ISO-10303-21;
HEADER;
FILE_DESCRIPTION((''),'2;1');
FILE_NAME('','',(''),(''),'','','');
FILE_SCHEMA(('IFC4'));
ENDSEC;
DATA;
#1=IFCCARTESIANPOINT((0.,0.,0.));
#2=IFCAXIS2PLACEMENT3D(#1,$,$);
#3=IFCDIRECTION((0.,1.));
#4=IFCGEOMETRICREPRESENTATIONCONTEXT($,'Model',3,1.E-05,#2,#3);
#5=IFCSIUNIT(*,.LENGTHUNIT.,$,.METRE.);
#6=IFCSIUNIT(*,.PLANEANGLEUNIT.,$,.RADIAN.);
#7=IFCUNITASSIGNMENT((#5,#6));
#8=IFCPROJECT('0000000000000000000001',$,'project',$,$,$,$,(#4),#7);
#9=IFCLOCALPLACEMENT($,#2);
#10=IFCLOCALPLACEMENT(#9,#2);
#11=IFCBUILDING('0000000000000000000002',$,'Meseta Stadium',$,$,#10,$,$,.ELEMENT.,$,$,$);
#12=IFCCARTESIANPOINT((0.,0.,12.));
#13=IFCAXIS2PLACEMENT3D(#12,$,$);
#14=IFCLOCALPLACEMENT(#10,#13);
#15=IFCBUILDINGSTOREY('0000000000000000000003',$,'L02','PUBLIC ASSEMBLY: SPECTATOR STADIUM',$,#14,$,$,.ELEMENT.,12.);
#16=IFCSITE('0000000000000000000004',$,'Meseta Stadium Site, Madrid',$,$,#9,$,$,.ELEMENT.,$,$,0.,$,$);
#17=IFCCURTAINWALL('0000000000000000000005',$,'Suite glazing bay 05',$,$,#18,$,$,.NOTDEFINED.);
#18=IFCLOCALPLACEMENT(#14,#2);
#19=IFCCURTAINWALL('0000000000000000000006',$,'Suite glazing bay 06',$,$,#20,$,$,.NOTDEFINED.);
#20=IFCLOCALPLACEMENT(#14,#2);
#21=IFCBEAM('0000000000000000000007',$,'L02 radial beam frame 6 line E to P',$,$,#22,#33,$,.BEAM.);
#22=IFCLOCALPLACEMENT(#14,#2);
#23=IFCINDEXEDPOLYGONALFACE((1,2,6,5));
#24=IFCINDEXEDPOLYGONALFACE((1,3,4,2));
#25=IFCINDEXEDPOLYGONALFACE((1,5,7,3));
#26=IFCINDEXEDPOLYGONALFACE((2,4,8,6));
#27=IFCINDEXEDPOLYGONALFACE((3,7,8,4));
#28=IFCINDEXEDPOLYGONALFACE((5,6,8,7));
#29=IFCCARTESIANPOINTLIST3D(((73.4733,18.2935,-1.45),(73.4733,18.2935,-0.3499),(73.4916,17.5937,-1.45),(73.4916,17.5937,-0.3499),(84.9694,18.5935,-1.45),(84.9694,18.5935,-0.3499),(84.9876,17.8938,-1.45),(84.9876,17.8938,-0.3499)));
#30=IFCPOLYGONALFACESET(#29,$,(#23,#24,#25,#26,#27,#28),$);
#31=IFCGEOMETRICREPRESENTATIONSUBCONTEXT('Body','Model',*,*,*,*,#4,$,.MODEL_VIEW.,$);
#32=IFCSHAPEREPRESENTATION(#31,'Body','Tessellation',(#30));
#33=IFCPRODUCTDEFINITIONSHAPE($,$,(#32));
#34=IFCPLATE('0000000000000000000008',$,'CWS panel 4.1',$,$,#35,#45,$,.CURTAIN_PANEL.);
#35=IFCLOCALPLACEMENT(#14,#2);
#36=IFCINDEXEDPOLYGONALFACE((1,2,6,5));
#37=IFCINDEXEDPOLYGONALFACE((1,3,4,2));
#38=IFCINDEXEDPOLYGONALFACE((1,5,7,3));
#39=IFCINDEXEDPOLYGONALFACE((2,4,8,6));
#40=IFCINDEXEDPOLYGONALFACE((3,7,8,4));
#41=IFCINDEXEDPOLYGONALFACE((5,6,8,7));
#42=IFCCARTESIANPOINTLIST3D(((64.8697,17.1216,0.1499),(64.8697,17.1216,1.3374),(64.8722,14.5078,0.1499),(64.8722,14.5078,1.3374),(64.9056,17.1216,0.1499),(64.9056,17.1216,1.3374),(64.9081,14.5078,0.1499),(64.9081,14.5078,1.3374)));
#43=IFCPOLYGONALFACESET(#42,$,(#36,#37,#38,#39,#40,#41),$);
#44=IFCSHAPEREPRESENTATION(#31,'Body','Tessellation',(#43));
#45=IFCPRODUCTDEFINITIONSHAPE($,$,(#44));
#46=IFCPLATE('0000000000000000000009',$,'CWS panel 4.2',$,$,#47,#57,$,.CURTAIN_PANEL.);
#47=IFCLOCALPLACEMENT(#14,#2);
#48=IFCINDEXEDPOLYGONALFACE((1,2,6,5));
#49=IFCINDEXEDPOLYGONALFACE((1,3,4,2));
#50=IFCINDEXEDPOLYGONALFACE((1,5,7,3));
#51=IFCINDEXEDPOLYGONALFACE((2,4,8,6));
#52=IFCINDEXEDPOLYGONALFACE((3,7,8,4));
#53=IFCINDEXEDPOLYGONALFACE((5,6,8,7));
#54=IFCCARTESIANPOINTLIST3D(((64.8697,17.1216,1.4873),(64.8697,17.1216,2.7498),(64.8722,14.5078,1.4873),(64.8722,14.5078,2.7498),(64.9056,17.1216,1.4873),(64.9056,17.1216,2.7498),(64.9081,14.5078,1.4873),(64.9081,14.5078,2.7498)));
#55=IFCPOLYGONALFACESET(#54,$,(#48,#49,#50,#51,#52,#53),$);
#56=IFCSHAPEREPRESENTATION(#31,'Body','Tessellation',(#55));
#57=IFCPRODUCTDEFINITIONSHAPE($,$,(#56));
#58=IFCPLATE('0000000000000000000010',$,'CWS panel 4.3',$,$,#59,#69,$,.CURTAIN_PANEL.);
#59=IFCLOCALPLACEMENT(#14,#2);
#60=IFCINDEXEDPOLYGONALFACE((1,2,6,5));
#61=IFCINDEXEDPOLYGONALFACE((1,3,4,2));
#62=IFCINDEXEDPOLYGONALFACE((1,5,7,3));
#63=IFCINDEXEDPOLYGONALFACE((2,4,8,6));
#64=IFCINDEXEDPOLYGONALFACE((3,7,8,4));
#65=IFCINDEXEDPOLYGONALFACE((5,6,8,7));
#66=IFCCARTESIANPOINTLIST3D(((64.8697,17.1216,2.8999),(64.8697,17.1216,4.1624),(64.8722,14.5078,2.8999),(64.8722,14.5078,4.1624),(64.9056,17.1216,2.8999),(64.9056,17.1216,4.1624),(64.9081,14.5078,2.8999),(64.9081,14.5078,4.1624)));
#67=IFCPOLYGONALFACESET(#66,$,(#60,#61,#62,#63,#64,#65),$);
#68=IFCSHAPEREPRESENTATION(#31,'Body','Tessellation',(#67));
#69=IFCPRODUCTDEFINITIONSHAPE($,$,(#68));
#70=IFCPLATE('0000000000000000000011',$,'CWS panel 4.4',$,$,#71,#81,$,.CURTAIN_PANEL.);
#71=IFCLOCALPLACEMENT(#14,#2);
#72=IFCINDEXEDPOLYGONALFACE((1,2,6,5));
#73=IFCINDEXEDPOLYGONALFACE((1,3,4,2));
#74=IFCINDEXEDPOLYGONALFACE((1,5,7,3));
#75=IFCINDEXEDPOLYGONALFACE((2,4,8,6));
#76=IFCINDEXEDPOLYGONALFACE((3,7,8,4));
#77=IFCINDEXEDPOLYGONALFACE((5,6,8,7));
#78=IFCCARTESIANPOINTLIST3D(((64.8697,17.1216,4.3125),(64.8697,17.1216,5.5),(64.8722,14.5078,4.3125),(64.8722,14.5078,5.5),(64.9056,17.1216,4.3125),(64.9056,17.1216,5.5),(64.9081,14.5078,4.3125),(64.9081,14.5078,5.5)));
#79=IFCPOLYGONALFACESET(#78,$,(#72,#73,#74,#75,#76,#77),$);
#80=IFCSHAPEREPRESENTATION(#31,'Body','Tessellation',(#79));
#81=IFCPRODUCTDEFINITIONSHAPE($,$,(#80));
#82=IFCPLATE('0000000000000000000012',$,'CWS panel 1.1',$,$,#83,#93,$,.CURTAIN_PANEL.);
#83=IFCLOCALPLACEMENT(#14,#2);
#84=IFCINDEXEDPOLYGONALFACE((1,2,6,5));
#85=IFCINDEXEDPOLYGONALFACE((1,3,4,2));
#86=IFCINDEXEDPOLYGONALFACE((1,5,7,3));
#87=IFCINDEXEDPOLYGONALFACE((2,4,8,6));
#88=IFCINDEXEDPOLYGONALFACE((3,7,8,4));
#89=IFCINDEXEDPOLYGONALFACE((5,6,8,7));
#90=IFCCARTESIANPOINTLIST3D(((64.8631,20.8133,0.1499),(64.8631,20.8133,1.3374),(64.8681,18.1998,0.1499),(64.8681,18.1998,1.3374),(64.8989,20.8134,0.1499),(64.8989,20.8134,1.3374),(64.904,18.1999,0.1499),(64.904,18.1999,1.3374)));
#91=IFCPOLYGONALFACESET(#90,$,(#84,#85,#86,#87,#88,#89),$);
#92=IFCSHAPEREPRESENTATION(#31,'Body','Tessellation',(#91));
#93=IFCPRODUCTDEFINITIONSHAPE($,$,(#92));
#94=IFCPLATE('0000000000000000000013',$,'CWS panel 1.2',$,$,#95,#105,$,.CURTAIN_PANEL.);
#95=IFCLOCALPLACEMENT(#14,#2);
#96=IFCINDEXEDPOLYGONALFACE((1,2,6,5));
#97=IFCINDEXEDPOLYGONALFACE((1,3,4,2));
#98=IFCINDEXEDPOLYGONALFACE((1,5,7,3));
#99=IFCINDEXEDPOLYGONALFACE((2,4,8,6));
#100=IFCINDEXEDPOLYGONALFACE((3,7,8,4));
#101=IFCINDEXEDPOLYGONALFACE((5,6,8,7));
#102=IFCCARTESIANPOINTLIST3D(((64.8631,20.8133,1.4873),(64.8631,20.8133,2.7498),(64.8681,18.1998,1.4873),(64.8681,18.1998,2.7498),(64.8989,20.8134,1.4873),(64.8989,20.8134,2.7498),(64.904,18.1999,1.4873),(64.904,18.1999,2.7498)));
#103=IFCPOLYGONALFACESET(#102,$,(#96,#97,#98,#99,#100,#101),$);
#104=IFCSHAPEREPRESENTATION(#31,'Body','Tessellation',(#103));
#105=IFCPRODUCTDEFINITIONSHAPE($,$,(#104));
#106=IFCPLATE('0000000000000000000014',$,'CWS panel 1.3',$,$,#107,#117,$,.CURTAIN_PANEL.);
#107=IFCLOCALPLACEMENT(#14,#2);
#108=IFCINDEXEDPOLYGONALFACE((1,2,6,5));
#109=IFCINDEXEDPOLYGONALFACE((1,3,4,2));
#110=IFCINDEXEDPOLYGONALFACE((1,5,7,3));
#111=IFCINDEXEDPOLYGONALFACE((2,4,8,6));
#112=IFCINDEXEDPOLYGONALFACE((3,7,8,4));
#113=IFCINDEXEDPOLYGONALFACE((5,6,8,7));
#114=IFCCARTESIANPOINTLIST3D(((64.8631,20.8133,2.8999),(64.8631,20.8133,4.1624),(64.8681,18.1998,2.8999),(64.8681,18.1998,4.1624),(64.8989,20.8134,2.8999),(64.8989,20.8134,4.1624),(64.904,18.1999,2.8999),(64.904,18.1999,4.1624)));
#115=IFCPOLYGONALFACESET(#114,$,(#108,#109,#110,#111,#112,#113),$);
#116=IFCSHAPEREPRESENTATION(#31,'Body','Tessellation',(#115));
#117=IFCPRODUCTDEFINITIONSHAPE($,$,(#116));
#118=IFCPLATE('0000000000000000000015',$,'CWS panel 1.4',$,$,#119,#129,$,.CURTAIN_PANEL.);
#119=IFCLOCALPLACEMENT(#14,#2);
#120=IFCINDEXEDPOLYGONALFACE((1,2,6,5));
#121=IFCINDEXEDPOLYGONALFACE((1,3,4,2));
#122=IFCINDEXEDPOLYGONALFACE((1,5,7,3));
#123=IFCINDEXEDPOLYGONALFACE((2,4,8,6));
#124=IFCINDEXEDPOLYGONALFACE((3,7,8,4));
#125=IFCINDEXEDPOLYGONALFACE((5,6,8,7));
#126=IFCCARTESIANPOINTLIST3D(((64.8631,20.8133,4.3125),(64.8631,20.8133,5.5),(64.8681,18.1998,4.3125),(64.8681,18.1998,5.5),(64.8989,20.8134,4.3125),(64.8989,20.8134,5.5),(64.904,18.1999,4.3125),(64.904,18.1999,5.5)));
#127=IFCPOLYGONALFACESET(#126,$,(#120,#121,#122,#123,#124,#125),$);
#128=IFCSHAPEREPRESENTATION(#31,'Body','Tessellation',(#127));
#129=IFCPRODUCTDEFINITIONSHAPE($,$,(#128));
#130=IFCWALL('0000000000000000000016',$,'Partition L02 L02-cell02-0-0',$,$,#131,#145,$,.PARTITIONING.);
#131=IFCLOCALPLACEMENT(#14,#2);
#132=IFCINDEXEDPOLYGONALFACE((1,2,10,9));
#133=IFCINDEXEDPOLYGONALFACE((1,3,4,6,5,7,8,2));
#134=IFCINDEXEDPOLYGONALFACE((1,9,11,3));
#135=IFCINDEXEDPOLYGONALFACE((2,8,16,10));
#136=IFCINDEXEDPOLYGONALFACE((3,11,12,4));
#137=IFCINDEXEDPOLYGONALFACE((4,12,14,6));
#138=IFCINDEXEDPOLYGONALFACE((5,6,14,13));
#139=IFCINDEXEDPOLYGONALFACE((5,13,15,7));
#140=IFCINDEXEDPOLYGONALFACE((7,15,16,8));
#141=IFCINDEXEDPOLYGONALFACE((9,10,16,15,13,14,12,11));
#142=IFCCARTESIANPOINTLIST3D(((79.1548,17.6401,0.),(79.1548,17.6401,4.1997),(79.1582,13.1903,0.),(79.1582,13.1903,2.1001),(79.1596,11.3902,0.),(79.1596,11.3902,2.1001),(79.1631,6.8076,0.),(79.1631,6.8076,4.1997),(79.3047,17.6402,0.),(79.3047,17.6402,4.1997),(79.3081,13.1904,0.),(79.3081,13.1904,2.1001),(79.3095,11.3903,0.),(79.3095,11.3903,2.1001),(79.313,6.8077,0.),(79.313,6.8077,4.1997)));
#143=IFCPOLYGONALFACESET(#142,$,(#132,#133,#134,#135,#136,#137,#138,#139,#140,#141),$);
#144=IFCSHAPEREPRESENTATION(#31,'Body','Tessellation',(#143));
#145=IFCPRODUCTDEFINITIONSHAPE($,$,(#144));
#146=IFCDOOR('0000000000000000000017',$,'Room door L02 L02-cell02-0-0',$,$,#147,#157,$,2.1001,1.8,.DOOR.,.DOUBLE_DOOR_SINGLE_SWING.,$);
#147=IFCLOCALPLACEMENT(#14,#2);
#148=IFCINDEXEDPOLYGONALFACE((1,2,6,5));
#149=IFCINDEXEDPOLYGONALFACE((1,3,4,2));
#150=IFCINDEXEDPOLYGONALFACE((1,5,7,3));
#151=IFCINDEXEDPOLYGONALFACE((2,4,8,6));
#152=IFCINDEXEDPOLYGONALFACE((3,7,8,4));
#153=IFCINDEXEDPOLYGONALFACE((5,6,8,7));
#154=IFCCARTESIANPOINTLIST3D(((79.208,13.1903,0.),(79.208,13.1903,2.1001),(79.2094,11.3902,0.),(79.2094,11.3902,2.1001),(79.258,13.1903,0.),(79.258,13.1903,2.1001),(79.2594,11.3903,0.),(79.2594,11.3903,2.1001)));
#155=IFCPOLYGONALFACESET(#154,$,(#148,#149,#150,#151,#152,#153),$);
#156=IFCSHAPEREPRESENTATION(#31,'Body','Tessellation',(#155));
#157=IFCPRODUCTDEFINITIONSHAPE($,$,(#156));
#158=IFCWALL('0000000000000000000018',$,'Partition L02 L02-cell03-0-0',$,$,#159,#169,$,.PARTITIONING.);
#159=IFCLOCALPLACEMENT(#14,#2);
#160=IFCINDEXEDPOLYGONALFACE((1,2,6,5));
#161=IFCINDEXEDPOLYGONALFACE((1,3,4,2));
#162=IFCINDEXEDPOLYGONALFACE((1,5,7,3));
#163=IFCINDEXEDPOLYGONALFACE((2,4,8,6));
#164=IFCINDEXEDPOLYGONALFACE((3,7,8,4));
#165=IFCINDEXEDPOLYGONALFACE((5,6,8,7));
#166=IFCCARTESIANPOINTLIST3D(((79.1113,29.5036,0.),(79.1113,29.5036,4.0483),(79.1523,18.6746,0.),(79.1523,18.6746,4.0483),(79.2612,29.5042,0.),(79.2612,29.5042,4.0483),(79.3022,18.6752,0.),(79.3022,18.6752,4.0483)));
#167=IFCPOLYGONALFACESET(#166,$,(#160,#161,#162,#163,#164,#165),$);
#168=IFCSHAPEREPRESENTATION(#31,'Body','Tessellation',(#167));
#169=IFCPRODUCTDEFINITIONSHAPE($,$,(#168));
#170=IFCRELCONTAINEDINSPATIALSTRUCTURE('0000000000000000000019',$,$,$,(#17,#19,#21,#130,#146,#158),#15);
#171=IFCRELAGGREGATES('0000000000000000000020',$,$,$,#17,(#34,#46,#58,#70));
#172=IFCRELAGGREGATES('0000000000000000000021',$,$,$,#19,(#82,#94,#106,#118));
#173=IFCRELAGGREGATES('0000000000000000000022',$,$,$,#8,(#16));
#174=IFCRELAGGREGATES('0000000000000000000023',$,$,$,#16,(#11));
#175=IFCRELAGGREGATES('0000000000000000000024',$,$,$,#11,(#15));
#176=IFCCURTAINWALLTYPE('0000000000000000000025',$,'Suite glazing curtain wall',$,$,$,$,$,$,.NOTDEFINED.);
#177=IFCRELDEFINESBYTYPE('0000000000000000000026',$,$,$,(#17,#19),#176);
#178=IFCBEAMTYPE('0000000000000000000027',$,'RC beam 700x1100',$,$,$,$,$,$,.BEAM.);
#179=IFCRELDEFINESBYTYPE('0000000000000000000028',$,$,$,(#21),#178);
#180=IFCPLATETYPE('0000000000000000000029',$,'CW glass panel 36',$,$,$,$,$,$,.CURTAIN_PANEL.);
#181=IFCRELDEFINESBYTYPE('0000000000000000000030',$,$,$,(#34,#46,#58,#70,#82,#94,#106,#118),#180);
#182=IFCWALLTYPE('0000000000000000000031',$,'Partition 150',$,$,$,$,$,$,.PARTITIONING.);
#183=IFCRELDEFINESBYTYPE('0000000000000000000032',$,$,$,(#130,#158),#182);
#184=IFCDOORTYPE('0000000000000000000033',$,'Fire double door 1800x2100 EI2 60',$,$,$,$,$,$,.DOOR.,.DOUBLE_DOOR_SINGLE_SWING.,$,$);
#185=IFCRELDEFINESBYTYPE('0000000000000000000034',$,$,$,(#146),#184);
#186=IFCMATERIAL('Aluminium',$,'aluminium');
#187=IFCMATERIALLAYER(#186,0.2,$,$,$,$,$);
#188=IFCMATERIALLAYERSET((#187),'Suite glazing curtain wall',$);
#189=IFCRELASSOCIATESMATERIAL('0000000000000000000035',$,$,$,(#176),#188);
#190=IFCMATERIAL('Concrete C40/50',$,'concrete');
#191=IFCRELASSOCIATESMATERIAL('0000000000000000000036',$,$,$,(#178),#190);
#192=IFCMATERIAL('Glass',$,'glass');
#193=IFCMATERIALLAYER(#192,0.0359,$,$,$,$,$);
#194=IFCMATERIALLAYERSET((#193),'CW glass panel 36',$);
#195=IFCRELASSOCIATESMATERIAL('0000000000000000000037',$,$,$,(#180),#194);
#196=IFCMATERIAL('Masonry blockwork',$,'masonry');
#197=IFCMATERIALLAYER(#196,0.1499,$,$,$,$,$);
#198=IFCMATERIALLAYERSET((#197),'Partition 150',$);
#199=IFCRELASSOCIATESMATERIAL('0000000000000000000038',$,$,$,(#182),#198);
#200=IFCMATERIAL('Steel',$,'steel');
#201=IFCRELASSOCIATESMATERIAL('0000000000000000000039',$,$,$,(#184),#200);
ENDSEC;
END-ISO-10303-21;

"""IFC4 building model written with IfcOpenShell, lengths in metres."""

from ifc_helpers import new_model, si_unit, direction, frame, frame_2d, origin, origin_2d, place, context, subcontext, project, spatial, rectangle, extrude, material, layer, layer_set, material_profile, profile_set, type_object, element, fill, aggregate, save


model = new_model("IFC4")

# Units and contexts
model_context = context("Model", 3, precision=1e-05, world=origin(), true_north=direction((0.0, 1.0)))
body_context = subcontext(model_context, "Body", "Model", "MODEL_VIEW")
ifc_project = project(units=[si_unit("LENGTHUNIT", "METRE"), si_unit("PLANEANGLEUNIT", "RADIAN")], contexts=[model_context])

# Site, building, storey
site_placement = place(None, origin())
site = spatial("IfcSite", under=ifc_project, at=site_placement, Name="Meseta Stadium Site, Madrid", CompositionType="ELEMENT", RefElevation=0.0)
building_placement = place(site_placement, origin())
building = spatial("IfcBuilding", under=site, at=building_placement, Name="Meseta Stadium", CompositionType="ELEMENT")
storey_placement = place(building_placement, frame((0.0, 0.0, 12.0)))
storey = spatial("IfcBuildingStorey", under=building, at=storey_placement, Name="L02", Description="PUBLIC ASSEMBLY: SPECTATOR STADIUM", CompositionType="ELEMENT", Elevation=12.0)

# Curtain wall
ifc_material_1 = material(Name="Aluminium", Category="aluminium")
ifc_layer_1 = layer(ifc_material_1, 0.2)
ifc_layer_set_1 = layer_set([ifc_layer_1], Name="Suite glazing curtain wall")
curtain_wall_type = type_object("IfcCurtainWallType", Name="Suite glazing curtain wall", PredefinedType="NOTDEFINED", material=ifc_layer_set_1)
curtain_wall_1_placement = place(storey_placement, origin())
curtain_wall_1 = element("IfcCurtainWall", 1, at=curtain_wall_1_placement, inside=storey, type_object=curtain_wall_type, Name="Suite glazing bay 05", PredefinedType="NOTDEFINED")

# Curtain wall
curtain_wall_2_placement = place(storey_placement, origin())
curtain_wall_2 = element("IfcCurtainWall", 2, at=curtain_wall_2_placement, inside=storey, type_object=curtain_wall_type, Name="Suite glazing bay 06", PredefinedType="NOTDEFINED")

# Beam
ifc_material_2 = material(Name="Concrete C40/50", Category="concrete")
ifc_material_profile_1 = material_profile(ifc_material_2, rectangle(XDim=0.7, YDim=1.1001, at=origin_2d()), Name="RC 700x1100")
ifc_profile_set_1 = profile_set([ifc_material_profile_1], Name="Concrete C40/50")
beam_type_1 = type_object("IfcBeamType", Name="RC beam 700x1100", PredefinedType="BEAM", material=ifc_profile_set_1)
beam_1_placement = place(storey_placement, frame((73.4824, 17.9436, -0.8999), z_axis=(0.99966, 0.026091, 0.0), x_axis=(-0.026091, 0.99966, 0.0)))
element("IfcBeam", 3, at=beam_1_placement, inside=storey, type_object=beam_type_1, Name="L02 radial beam frame 6 line E to P", PredefinedType="BEAM", context=body_context, shape_type="SweptSolid", body=[
    extrude(rectangle(XDim=0.7, YDim=1.1001, at=origin_2d()), origin(), (0.0, 0.0, 1.0), 11.5),
])

# Plates
ifc_material_3 = material(Name="Glass", Category="glass")
ifc_layer_2 = layer(ifc_material_3, 0.0359)
ifc_layer_set_2 = layer_set([ifc_layer_2], Name="CW glass panel 36")
plate_type = type_object("IfcPlateType", Name="CW glass panel 36", PredefinedType="CURTAIN_PANEL", material=ifc_layer_set_2)
plate_1_placement = place(storey_placement, frame((64.8889, 15.8147, 0.1499), z_axis=(0.0, 0.0, 1.0), x_axis=(-0.000975, 1.0, 0.0)))
plate_1 = element("IfcPlate", 4, at=plate_1_placement, type_object=plate_type, Name="CWS panel 4.1", PredefinedType="CURTAIN_PANEL", context=body_context, shape_type="SweptSolid", body=[
    extrude(rectangle(XDim=2.6138, YDim=0.0359, at=origin_2d()), origin(), (0.0, 0.0, 1.0), 1.1875),
])
plate_2_placement = place(storey_placement, frame((64.8889, 15.8147, 1.4873), z_axis=(0.0, 0.0, 1.0), x_axis=(-0.000975, 1.0, 0.0)))
plate_2 = element("IfcPlate", 5, at=plate_2_placement, type_object=plate_type, Name="CWS panel 4.2", PredefinedType="CURTAIN_PANEL", context=body_context, shape_type="SweptSolid", body=[
    extrude(rectangle(XDim=2.6138, YDim=0.0359, at=origin_2d()), origin(), (0.0, 0.0, 1.0), 1.2625),
])
plate_3_placement = place(storey_placement, frame((64.8889, 15.8147, 2.8999), z_axis=(0.0, 0.0, 1.0), x_axis=(-0.000975, 1.0, 0.0)))
plate_3 = element("IfcPlate", 6, at=plate_3_placement, type_object=plate_type, Name="CWS panel 4.3", PredefinedType="CURTAIN_PANEL", context=body_context, shape_type="SweptSolid", body=[
    extrude(rectangle(XDim=2.6138, YDim=0.0359, at=origin_2d()), origin(), (0.0, 0.0, 1.0), 1.2625),
])
plate_4_placement = place(storey_placement, frame((64.8889, 15.8147, 4.3125), z_axis=(0.0, 0.0, 1.0), x_axis=(-0.000975, 1.0, 0.0)))
plate_4 = element("IfcPlate", 7, at=plate_4_placement, type_object=plate_type, Name="CWS panel 4.4", PredefinedType="CURTAIN_PANEL", context=body_context, shape_type="SweptSolid", body=[
    extrude(rectangle(XDim=2.6138, YDim=0.0359, at=origin_2d()), origin(), (0.0, 0.0, 1.0), 1.1875),
])
aggregate(curtain_wall_1, [plate_1, plate_2, plate_3, plate_4])
plate_5_placement = place(storey_placement, frame((64.8835, 19.5066, 0.1499), z_axis=(0.0, 0.0, 1.0), x_axis=(-0.001947, 0.999998, 0.0)))
plate_5 = element("IfcPlate", 8, at=plate_5_placement, type_object=plate_type, Name="CWS panel 1.1", PredefinedType="CURTAIN_PANEL", context=body_context, shape_type="SweptSolid", body=[
    extrude(rectangle(XDim=2.6135, YDim=0.0359, at=origin_2d()), origin(), (0.0, 0.0, 1.0), 1.1875),
])
plate_6_placement = place(storey_placement, frame((64.8835, 19.5066, 1.4873), z_axis=(0.0, 0.0, 1.0), x_axis=(-0.001947, 0.999998, 0.0)))
plate_6 = element("IfcPlate", 9, at=plate_6_placement, type_object=plate_type, Name="CWS panel 1.2", PredefinedType="CURTAIN_PANEL", context=body_context, shape_type="SweptSolid", body=[
    extrude(rectangle(XDim=2.6135, YDim=0.0359, at=origin_2d()), origin(), (0.0, 0.0, 1.0), 1.2625),
])
plate_7_placement = place(storey_placement, frame((64.8835, 19.5066, 2.8999), z_axis=(0.0, 0.0, 1.0), x_axis=(-0.001947, 0.999998, 0.0)))
plate_7 = element("IfcPlate", 10, at=plate_7_placement, type_object=plate_type, Name="CWS panel 1.3", PredefinedType="CURTAIN_PANEL", context=body_context, shape_type="SweptSolid", body=[
    extrude(rectangle(XDim=2.6135, YDim=0.0359, at=origin_2d()), origin(), (0.0, 0.0, 1.0), 1.2625),
])
plate_8_placement = place(storey_placement, frame((64.8835, 19.5066, 4.3125), z_axis=(0.0, 0.0, 1.0), x_axis=(-0.001947, 0.999998, 0.0)))
plate_8 = element("IfcPlate", 11, at=plate_8_placement, type_object=plate_type, Name="CWS panel 1.4", PredefinedType="CURTAIN_PANEL", context=body_context, shape_type="SweptSolid", body=[
    extrude(rectangle(XDim=2.6135, YDim=0.0359, at=origin_2d()), origin(), (0.0, 0.0, 1.0), 1.1875),
])
aggregate(curtain_wall_2, [plate_5, plate_6, plate_7, plate_8])

# Wall, opening, door
ifc_material_4 = material(Name="Masonry blockwork", Category="masonry")
ifc_layer_3 = layer(ifc_material_4, 0.1499)
ifc_layer_set_3 = layer_set([ifc_layer_3], Name="Partition 150")
wall_type = type_object("IfcWallType", Name="Partition 150", PredefinedType="PARTITIONING", material=ifc_layer_set_3)
wall_1_placement = place(storey_placement, frame((79.2297, 17.6401, 0.0), z_axis=(0.0, 0.0, 1.0), x_axis=(0.000766, -1.0, 0.0)))
wall_1 = element("IfcWall", 12, at=wall_1_placement, inside=storey, type_object=wall_type, Name="Partition L02 L02-cell02-0-0", PredefinedType="PARTITIONING", context=body_context, shape_type="SweptSolid", body=[
    extrude(rectangle(XDim=10.8325, YDim=0.1499, at=frame_2d((5.4163, 0.0))), origin(), (0.0, 0.0, 1.0), 4.1997),
])
opening_1_placement = place(wall_1_placement, frame((4.45, 0.0, 0.0)))
opening_1 = element("IfcOpeningElement", 13, at=opening_1_placement, cuts=wall_1, PredefinedType="OPENING", context=body_context, shape_type="SweptSolid", body=[
    extrude(rectangle(XDim=1.8, YDim=2.1001, at=frame_2d((0.8999, 1.05))), frame((0.0, 0.085, 0.0), z_axis=(0.0, -1.0, 0.0), x_axis=(1.0, 0.0, 0.0)), (0.0, 0.0, 1.0), 0.1699),
])
ifc_material_5 = material(Name="Steel", Category="steel")
door_type = type_object("IfcDoorType", Name="Fire double door 1800x2100 EI2 60", OperationType="DOUBLE_DOOR_SINGLE_SWING", PredefinedType="DOOR", material=ifc_material_5)
door_1_placement = place(opening_1_placement, origin())
door_1 = element("IfcDoor", 14, at=door_1_placement, inside=storey, type_object=door_type, Name="Room door L02 L02-cell02-0-0", OperationType="DOUBLE_DOOR_SINGLE_SWING", OverallHeight=2.1001, OverallWidth=1.8, PredefinedType="DOOR", context=body_context, shape_type="SweptSolid", body=[
    extrude(rectangle(XDim=1.8, YDim=2.1001, at=frame_2d((0.8999, 1.05))), frame((0.0, 0.0249, 0.0), z_axis=(0.0, -1.0, 0.0), x_axis=(1.0, 0.0, 0.0)), (0.0, 0.0, 1.0), 0.05),
])
fill(opening_1, door_1)

# Wall
wall_2_placement = place(storey_placement, frame((79.1863, 29.5039, 0.0), z_axis=(0.0, 0.0, 1.0), x_axis=(0.003788, -0.999993, 0.0)))
element("IfcWall", 15, at=wall_2_placement, inside=storey, type_object=wall_type, Name="Partition L02 L02-cell03-0-0", PredefinedType="PARTITIONING", context=body_context, shape_type="SweptSolid", body=[
    extrude(rectangle(XDim=10.8291, YDim=0.1499, at=frame_2d((5.4146, 0.0))), origin(), (0.0, 0.0, 1.0), 4.0483),
])

save(model, "model.ifc")
